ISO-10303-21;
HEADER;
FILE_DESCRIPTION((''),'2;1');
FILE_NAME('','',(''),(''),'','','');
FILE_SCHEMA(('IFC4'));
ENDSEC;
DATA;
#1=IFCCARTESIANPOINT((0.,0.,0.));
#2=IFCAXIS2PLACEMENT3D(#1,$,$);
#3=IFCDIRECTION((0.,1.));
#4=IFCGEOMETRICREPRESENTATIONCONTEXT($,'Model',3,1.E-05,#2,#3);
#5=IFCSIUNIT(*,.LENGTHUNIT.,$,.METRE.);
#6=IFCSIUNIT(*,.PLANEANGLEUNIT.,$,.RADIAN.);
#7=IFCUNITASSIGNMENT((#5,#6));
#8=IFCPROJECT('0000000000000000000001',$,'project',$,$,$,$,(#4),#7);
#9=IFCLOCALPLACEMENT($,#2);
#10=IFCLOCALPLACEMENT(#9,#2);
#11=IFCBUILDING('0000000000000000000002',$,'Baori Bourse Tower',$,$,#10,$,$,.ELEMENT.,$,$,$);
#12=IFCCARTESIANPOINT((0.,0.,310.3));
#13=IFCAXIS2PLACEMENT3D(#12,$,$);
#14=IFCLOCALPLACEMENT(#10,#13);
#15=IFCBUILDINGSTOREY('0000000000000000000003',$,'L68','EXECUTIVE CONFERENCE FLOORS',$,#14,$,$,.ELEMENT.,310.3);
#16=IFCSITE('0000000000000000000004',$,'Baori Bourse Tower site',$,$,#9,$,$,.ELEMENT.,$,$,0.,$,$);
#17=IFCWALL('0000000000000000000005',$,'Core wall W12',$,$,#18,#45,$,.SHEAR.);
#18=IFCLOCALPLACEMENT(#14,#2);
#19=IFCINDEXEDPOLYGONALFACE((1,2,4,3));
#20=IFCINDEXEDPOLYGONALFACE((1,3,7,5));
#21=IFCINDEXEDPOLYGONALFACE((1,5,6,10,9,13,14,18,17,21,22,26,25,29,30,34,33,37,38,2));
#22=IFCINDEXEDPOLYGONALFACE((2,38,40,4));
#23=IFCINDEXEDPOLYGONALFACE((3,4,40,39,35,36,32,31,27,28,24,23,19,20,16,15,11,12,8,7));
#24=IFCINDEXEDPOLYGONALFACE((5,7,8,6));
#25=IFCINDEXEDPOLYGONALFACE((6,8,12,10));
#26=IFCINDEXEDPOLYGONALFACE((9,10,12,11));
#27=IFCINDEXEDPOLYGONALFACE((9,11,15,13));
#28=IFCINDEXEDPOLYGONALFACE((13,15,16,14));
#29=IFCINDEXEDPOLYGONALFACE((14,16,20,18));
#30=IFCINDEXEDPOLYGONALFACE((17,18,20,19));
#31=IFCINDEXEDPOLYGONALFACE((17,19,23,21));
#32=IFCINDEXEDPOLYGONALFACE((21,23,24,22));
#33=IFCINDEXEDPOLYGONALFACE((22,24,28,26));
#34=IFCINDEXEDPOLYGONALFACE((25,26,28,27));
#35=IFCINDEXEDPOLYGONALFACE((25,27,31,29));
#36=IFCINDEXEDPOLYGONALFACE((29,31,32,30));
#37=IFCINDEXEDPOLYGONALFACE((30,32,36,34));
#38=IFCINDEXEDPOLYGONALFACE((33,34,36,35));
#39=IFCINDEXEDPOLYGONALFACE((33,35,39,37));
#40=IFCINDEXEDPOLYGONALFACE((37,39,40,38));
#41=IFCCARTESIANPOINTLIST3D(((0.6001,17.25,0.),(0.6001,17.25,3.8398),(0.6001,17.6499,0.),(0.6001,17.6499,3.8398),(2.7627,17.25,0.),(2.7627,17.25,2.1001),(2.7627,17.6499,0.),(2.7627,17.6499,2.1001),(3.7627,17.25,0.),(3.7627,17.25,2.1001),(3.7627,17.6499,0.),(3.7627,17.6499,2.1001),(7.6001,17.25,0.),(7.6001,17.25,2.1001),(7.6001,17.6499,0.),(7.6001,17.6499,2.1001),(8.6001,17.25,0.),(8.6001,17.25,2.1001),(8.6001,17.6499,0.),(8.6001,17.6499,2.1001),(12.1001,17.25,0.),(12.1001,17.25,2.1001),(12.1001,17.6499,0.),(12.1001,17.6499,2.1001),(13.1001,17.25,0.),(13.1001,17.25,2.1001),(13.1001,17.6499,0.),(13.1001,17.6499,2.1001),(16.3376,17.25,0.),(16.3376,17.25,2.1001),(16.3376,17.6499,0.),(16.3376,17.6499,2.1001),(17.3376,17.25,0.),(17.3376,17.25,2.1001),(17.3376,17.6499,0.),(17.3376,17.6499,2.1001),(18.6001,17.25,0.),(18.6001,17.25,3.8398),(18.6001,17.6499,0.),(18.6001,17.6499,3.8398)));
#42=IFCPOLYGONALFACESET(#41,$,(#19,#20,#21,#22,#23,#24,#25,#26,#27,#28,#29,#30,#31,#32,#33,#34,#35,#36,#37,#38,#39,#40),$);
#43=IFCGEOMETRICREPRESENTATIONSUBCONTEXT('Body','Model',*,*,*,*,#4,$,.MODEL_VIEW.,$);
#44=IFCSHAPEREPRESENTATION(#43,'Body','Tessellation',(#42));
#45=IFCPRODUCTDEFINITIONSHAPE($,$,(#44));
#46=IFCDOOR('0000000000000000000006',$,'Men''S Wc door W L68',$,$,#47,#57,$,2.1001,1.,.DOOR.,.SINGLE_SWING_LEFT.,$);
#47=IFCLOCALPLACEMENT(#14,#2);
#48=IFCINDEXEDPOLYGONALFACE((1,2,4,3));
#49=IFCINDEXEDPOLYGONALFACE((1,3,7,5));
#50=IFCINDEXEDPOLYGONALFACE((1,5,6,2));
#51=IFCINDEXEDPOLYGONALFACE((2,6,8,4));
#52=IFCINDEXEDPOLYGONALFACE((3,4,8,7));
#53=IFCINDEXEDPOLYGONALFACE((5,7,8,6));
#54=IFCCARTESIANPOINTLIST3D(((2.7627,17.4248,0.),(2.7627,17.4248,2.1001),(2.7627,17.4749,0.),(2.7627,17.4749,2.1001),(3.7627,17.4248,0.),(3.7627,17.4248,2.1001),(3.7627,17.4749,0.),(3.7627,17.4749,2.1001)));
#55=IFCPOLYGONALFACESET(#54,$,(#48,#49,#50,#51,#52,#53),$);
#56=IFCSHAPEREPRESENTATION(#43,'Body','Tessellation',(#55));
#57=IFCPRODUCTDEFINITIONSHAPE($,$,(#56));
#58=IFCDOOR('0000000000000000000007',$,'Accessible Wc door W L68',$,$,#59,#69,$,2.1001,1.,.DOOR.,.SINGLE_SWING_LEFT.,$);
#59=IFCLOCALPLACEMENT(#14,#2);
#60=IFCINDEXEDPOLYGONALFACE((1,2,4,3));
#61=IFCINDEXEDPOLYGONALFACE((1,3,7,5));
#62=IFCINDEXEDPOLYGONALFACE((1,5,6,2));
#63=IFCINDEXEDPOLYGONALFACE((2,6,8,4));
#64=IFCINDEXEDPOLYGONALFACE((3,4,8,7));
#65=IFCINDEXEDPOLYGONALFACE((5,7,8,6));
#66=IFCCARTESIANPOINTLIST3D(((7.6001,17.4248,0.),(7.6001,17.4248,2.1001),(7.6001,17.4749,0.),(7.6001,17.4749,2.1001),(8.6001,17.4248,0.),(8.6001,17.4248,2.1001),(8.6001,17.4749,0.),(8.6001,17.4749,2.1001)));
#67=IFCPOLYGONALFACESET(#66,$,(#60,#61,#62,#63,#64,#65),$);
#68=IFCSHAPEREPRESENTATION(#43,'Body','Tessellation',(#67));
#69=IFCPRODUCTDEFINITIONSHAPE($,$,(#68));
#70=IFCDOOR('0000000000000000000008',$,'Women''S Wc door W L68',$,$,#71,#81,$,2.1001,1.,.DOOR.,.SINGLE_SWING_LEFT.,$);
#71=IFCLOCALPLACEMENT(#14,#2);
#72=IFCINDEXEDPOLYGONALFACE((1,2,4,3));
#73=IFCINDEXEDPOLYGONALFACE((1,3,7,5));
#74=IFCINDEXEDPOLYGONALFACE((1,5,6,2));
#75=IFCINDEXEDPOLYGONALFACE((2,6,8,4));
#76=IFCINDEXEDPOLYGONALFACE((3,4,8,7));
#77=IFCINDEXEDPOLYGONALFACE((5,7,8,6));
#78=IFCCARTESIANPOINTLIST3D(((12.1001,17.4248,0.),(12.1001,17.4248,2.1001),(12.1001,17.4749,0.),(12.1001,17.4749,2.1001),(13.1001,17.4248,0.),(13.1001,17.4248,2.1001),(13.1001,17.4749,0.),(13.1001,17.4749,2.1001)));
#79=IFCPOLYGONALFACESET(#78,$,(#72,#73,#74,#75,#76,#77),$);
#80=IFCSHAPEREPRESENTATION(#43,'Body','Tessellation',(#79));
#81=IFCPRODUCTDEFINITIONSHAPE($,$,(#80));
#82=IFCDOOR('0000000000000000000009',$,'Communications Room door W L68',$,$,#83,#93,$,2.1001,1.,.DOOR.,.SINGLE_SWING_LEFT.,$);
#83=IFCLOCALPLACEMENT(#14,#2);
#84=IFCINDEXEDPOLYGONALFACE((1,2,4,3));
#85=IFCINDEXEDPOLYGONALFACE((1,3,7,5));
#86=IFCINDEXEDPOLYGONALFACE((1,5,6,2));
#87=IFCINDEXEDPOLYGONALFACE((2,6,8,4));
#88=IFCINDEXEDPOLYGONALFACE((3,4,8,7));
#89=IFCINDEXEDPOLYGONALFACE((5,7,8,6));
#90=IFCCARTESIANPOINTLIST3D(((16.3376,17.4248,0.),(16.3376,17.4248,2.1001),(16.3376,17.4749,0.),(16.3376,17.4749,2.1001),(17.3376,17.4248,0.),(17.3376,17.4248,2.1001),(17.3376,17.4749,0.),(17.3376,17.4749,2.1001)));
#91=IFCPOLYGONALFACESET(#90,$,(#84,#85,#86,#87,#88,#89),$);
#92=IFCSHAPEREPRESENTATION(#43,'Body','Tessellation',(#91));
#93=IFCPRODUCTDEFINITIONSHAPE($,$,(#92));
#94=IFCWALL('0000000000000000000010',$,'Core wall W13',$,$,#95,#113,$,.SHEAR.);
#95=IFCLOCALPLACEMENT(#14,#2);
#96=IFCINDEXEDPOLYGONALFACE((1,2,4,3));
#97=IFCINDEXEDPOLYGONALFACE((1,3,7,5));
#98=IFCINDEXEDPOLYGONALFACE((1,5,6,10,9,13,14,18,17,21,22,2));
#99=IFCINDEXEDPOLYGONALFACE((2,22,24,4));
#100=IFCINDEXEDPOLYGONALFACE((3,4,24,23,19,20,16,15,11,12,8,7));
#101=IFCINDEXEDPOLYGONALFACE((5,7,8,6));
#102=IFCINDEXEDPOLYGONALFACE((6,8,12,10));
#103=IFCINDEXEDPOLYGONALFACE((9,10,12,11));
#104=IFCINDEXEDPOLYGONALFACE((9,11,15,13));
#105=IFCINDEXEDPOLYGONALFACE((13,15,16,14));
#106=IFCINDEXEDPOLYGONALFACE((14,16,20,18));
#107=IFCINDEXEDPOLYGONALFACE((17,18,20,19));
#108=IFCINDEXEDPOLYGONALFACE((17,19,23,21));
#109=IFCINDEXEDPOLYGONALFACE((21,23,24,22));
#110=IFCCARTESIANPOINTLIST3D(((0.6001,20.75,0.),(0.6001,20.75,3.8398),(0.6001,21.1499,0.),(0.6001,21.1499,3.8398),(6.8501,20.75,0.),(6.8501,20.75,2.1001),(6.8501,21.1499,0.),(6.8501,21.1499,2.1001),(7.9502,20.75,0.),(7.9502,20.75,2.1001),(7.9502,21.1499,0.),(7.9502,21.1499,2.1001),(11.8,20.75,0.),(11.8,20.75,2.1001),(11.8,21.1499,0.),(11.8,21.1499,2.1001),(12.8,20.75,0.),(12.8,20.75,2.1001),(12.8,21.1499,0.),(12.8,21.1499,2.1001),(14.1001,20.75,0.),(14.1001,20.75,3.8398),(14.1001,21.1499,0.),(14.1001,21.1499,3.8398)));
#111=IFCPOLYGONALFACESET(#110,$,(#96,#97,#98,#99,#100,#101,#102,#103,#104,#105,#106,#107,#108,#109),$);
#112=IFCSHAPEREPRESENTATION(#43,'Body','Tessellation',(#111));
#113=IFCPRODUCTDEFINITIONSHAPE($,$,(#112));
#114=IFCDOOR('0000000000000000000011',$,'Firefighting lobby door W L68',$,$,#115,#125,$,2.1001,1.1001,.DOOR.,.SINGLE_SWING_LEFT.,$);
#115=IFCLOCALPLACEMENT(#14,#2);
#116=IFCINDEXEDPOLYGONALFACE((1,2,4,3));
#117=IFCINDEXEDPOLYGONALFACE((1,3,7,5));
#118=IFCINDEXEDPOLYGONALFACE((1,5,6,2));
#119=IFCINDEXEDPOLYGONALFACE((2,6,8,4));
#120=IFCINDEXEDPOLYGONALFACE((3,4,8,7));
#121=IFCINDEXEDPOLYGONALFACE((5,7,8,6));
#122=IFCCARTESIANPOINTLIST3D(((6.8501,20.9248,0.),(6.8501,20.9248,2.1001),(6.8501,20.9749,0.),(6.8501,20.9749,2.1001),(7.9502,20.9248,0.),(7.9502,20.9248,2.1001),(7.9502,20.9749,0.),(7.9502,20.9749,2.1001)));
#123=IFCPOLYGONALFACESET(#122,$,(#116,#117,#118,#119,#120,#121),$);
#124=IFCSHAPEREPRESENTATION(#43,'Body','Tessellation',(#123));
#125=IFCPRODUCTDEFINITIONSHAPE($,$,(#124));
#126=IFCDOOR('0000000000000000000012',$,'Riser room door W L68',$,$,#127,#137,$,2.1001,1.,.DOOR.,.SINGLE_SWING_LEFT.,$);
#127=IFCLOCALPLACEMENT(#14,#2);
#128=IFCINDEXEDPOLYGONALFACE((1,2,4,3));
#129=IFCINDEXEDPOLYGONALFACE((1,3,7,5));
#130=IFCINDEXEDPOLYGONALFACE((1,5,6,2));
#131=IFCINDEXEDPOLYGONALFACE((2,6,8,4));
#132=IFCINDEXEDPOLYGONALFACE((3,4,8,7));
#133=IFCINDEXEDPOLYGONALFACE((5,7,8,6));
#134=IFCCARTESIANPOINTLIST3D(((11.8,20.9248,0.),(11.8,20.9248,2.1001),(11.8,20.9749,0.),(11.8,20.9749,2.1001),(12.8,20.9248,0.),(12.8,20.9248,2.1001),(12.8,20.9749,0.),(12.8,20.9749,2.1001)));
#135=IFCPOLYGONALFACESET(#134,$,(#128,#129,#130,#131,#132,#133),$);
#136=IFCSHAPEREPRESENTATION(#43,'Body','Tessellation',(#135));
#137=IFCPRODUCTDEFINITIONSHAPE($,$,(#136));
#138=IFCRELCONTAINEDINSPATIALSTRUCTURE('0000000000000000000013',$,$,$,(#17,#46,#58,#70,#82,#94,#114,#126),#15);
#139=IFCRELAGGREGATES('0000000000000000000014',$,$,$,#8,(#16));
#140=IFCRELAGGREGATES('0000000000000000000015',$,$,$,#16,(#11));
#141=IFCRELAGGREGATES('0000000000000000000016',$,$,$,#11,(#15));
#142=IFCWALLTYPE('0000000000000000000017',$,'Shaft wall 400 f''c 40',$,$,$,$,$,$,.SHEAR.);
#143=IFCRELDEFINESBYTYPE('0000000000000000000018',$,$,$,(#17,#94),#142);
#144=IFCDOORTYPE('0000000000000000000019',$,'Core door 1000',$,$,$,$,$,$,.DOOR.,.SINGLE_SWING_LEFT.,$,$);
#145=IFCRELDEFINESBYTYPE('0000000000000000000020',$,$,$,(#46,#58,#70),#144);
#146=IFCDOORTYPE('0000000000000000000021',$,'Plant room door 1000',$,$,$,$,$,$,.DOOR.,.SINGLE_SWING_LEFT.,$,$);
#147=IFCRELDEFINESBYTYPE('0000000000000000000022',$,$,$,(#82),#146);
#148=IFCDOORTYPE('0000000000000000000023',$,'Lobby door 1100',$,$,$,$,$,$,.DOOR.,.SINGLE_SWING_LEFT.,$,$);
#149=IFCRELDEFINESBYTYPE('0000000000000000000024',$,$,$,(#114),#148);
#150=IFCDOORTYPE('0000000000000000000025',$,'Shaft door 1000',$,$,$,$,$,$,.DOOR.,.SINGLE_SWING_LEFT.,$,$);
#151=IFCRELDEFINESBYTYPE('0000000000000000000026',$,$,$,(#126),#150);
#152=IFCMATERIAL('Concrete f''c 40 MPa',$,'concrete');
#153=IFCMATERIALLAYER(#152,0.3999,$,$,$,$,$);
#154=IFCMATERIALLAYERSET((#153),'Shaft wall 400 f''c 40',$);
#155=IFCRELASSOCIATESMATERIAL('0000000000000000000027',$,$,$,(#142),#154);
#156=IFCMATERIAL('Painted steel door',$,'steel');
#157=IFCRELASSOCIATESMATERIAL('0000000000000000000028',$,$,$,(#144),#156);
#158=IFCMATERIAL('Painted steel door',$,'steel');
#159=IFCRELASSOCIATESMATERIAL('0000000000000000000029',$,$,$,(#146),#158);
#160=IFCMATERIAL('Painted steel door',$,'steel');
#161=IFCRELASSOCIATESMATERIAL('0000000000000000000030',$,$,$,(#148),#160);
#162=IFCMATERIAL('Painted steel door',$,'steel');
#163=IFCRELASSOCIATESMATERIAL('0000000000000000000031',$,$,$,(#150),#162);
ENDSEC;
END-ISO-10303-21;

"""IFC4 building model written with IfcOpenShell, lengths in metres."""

from ifc_helpers import new_model, si_unit, direction, frame, frame_2d, origin, place, context, subcontext, project, spatial, rectangle, extrude, material, layer, layer_set, type_object, element, fill, save


model = new_model("IFC4")

# Units and contexts
model_context = context("Model", 3, precision=1e-05, world=origin(), true_north=direction((0.0, 1.0)))
body_context = subcontext(model_context, "Body", "Model", "MODEL_VIEW")
ifc_project = project(units=[si_unit("LENGTHUNIT", "METRE"), si_unit("PLANEANGLEUNIT", "RADIAN")], contexts=[model_context])

# Site, building, storey
site_placement = place(None, origin())
site = spatial("IfcSite", under=ifc_project, at=site_placement, Name="Baori Bourse Tower site", CompositionType="ELEMENT", RefElevation=0.0)
building_placement = place(site_placement, origin())
building = spatial("IfcBuilding", under=site, at=building_placement, Name="Baori Bourse Tower", CompositionType="ELEMENT")
storey_placement = place(building_placement, frame((0.0, 0.0, 310.3)))
storey = spatial("IfcBuildingStorey", under=building, at=storey_placement, Name="L68", Description="EXECUTIVE CONFERENCE FLOORS", CompositionType="ELEMENT", Elevation=310.3)

# Shared definitions
ifc_material_1 = material(Name="Concrete f'c 40 MPa", Category="concrete")
ifc_layer_1 = layer(ifc_material_1, 0.3999)
ifc_layer_set_1 = layer_set([ifc_layer_1], Name="Shaft wall 400 f'c 40")
wall_type_1 = type_object("IfcWallType", Name="Shaft wall 400 f'c 40", PredefinedType="SHEAR", material=ifc_layer_set_1)

# Walls, openings, doors
wall_1_placement = place(storey_placement, frame((0.6001, 17.45, 0.0), z_axis=(0.0, 0.0, 1.0), x_axis=(1.0, 0.0, 0.0)))
wall_1 = element("IfcWall", 1, at=wall_1_placement, inside=storey, type_object=wall_type_1, Name="Core wall W12", PredefinedType="SHEAR", context=body_context, shape_type="SweptSolid", body=[
    extrude(rectangle(XDim=18.0, YDim=0.3999, at=frame_2d((9.0, 0.0))), origin(), (0.0, 0.0, 1.0), 3.8398),
])
opening_1_placement = place(wall_1_placement, frame((2.1626, 0.0, 0.0)))
opening_1 = element("IfcOpeningElement", 2, at=opening_1_placement, cuts=wall_1, PredefinedType="OPENING", context=body_context, shape_type="SweptSolid", body=[
    extrude(rectangle(XDim=1.0, YDim=2.1001, at=frame_2d((0.5, 1.05))), frame((0.0, 0.21, 0.0), z_axis=(0.0, -1.0, 0.0), x_axis=(1.0, 0.0, 0.0)), (0.0, 0.0, 1.0), 0.4199),
])
opening_2_placement = place(wall_1_placement, frame((7.0, 0.0, 0.0)))
opening_2 = element("IfcOpeningElement", 3, at=opening_2_placement, cuts=wall_1, PredefinedType="OPENING", context=body_context, shape_type="SweptSolid", body=[
    extrude(rectangle(XDim=1.0, YDim=2.1001, at=frame_2d((0.5, 1.05))), frame((0.0, 0.21, 0.0), z_axis=(0.0, -1.0, 0.0), x_axis=(1.0, 0.0, 0.0)), (0.0, 0.0, 1.0), 0.4199),
])
opening_3_placement = place(wall_1_placement, frame((11.5, 0.0, 0.0)))
opening_3 = element("IfcOpeningElement", 4, at=opening_3_placement, cuts=wall_1, PredefinedType="OPENING", context=body_context, shape_type="SweptSolid", body=[
    extrude(rectangle(XDim=1.0, YDim=2.1001, at=frame_2d((0.5, 1.05))), frame((0.0, 0.21, 0.0), z_axis=(0.0, -1.0, 0.0), x_axis=(1.0, 0.0, 0.0)), (0.0, 0.0, 1.0), 0.4199),
])
opening_4_placement = place(wall_1_placement, frame((15.7375, 0.0, 0.0)))
opening_4 = element("IfcOpeningElement", 5, at=opening_4_placement, cuts=wall_1, PredefinedType="OPENING", context=body_context, shape_type="SweptSolid", body=[
    extrude(rectangle(XDim=1.0, YDim=2.1001, at=frame_2d((0.5, 1.05))), frame((0.0, 0.21, 0.0), z_axis=(0.0, -1.0, 0.0), x_axis=(1.0, 0.0, 0.0)), (0.0, 0.0, 1.0), 0.4199),
])
ifc_material_2 = material(Name="Painted steel door", Category="steel")
door_type_1 = type_object("IfcDoorType", Name="Core door 1000", OperationType="SINGLE_SWING_LEFT", PredefinedType="DOOR", material=ifc_material_2)
door_1_placement = place(opening_1_placement, origin())
door_1 = element("IfcDoor", 6, at=door_1_placement, inside=storey, type_object=door_type_1, Name="Men'S Wc door W L68", OperationType="SINGLE_SWING_LEFT", OverallHeight=2.1001, OverallWidth=1.0, PredefinedType="DOOR", context=body_context, shape_type="SweptSolid", body=[
    extrude(rectangle(XDim=1.0, YDim=2.1001, at=frame_2d((0.5, 1.05))), frame((0.0, 0.0249, 0.0), z_axis=(0.0, -1.0, 0.0), x_axis=(1.0, 0.0, 0.0)), (0.0, 0.0, 1.0), 0.05),
])
fill(opening_1, door_1)
door_2_placement = place(opening_2_placement, origin())
door_2 = element("IfcDoor", 7, at=door_2_placement, inside=storey, type_object=door_type_1, Name="Accessible Wc door W L68", OperationType="SINGLE_SWING_LEFT", OverallHeight=2.1001, OverallWidth=1.0, PredefinedType="DOOR", context=body_context, shape_type="SweptSolid", body=[
    extrude(rectangle(XDim=1.0, YDim=2.1001, at=frame_2d((0.5, 1.05))), frame((0.0, 0.0249, 0.0), z_axis=(0.0, -1.0, 0.0), x_axis=(1.0, 0.0, 0.0)), (0.0, 0.0, 1.0), 0.05),
])
fill(opening_2, door_2)
door_3_placement = place(opening_3_placement, origin())
door_3 = element("IfcDoor", 8, at=door_3_placement, inside=storey, type_object=door_type_1, Name="Women'S Wc door W L68", OperationType="SINGLE_SWING_LEFT", OverallHeight=2.1001, OverallWidth=1.0, PredefinedType="DOOR", context=body_context, shape_type="SweptSolid", body=[
    extrude(rectangle(XDim=1.0, YDim=2.1001, at=frame_2d((0.5, 1.05))), frame((0.0, 0.0249, 0.0), z_axis=(0.0, -1.0, 0.0), x_axis=(1.0, 0.0, 0.0)), (0.0, 0.0, 1.0), 0.05),
])
fill(opening_3, door_3)
ifc_material_3 = material(Name="Painted steel door", Category="steel")
door_type_2 = type_object("IfcDoorType", Name="Plant room door 1000", OperationType="SINGLE_SWING_LEFT", PredefinedType="DOOR", material=ifc_material_3)
door_4_placement = place(opening_4_placement, origin())
door_4 = element("IfcDoor", 9, at=door_4_placement, inside=storey, type_object=door_type_2, Name="Communications Room door W L68", OperationType="SINGLE_SWING_LEFT", OverallHeight=2.1001, OverallWidth=1.0, PredefinedType="DOOR", context=body_context, shape_type="SweptSolid", body=[
    extrude(rectangle(XDim=1.0, YDim=2.1001, at=frame_2d((0.5, 1.05))), frame((0.0, 0.0249, 0.0), z_axis=(0.0, -1.0, 0.0), x_axis=(1.0, 0.0, 0.0)), (0.0, 0.0, 1.0), 0.05),
])
fill(opening_4, door_4)
wall_2_placement = place(storey_placement, frame((0.6001, 20.95, 0.0), z_axis=(0.0, 0.0, 1.0), x_axis=(1.0, 0.0, 0.0)))
wall_2 = element("IfcWall", 10, at=wall_2_placement, inside=storey, type_object=wall_type_1, Name="Core wall W13", PredefinedType="SHEAR", context=body_context, shape_type="SweptSolid", body=[
    extrude(rectangle(XDim=13.5, YDim=0.3999, at=frame_2d((6.75, 0.0))), origin(), (0.0, 0.0, 1.0), 3.8398),
])
opening_5_placement = place(wall_2_placement, frame((6.25, 0.0, 0.0)))
opening_5 = element("IfcOpeningElement", 11, at=opening_5_placement, cuts=wall_2, PredefinedType="OPENING", context=body_context, shape_type="SweptSolid", body=[
    extrude(rectangle(XDim=1.1001, YDim=2.1001, at=frame_2d((0.55, 1.05))), frame((0.0, 0.21, 0.0), z_axis=(0.0, -1.0, 0.0), x_axis=(1.0, 0.0, 0.0)), (0.0, 0.0, 1.0), 0.4199),
])
opening_6_placement = place(wall_2_placement, frame((11.2, 0.0, 0.0)))
opening_6 = element("IfcOpeningElement", 12, at=opening_6_placement, cuts=wall_2, PredefinedType="OPENING", context=body_context, shape_type="SweptSolid", body=[
    extrude(rectangle(XDim=1.0, YDim=2.1001, at=frame_2d((0.5, 1.05))), frame((0.0, 0.21, 0.0), z_axis=(0.0, -1.0, 0.0), x_axis=(1.0, 0.0, 0.0)), (0.0, 0.0, 1.0), 0.4199),
])
ifc_material_4 = material(Name="Painted steel door", Category="steel")
door_type_3 = type_object("IfcDoorType", Name="Lobby door 1100", OperationType="SINGLE_SWING_LEFT", PredefinedType="DOOR", material=ifc_material_4)
door_5_placement = place(opening_5_placement, origin())
door_5 = element("IfcDoor", 13, at=door_5_placement, inside=storey, type_object=door_type_3, Name="Firefighting lobby door W L68", OperationType="SINGLE_SWING_LEFT", OverallHeight=2.1001, OverallWidth=1.1001, PredefinedType="DOOR", context=body_context, shape_type="SweptSolid", body=[
    extrude(rectangle(XDim=1.1001, YDim=2.1001, at=frame_2d((0.55, 1.05))), frame((0.0, 0.0249, 0.0), z_axis=(0.0, -1.0, 0.0), x_axis=(1.0, 0.0, 0.0)), (0.0, 0.0, 1.0), 0.05),
])
fill(opening_5, door_5)
ifc_material_5 = material(Name="Painted steel door", Category="steel")
door_type_4 = type_object("IfcDoorType", Name="Shaft door 1000", OperationType="SINGLE_SWING_LEFT", PredefinedType="DOOR", material=ifc_material_5)
door_6_placement = place(opening_6_placement, origin())
door_6 = element("IfcDoor", 14, at=door_6_placement, inside=storey, type_object=door_type_4, Name="Riser room door W L68", OperationType="SINGLE_SWING_LEFT", OverallHeight=2.1001, OverallWidth=1.0, PredefinedType="DOOR", context=body_context, shape_type="SweptSolid", body=[
    extrude(rectangle(XDim=1.0, YDim=2.1001, at=frame_2d((0.5, 1.05))), frame((0.0, 0.0249, 0.0), z_axis=(0.0, -1.0, 0.0), x_axis=(1.0, 0.0, 0.0)), (0.0, 0.0, 1.0), 0.05),
])
fill(opening_6, door_6)

save(model, "model.ifc")
